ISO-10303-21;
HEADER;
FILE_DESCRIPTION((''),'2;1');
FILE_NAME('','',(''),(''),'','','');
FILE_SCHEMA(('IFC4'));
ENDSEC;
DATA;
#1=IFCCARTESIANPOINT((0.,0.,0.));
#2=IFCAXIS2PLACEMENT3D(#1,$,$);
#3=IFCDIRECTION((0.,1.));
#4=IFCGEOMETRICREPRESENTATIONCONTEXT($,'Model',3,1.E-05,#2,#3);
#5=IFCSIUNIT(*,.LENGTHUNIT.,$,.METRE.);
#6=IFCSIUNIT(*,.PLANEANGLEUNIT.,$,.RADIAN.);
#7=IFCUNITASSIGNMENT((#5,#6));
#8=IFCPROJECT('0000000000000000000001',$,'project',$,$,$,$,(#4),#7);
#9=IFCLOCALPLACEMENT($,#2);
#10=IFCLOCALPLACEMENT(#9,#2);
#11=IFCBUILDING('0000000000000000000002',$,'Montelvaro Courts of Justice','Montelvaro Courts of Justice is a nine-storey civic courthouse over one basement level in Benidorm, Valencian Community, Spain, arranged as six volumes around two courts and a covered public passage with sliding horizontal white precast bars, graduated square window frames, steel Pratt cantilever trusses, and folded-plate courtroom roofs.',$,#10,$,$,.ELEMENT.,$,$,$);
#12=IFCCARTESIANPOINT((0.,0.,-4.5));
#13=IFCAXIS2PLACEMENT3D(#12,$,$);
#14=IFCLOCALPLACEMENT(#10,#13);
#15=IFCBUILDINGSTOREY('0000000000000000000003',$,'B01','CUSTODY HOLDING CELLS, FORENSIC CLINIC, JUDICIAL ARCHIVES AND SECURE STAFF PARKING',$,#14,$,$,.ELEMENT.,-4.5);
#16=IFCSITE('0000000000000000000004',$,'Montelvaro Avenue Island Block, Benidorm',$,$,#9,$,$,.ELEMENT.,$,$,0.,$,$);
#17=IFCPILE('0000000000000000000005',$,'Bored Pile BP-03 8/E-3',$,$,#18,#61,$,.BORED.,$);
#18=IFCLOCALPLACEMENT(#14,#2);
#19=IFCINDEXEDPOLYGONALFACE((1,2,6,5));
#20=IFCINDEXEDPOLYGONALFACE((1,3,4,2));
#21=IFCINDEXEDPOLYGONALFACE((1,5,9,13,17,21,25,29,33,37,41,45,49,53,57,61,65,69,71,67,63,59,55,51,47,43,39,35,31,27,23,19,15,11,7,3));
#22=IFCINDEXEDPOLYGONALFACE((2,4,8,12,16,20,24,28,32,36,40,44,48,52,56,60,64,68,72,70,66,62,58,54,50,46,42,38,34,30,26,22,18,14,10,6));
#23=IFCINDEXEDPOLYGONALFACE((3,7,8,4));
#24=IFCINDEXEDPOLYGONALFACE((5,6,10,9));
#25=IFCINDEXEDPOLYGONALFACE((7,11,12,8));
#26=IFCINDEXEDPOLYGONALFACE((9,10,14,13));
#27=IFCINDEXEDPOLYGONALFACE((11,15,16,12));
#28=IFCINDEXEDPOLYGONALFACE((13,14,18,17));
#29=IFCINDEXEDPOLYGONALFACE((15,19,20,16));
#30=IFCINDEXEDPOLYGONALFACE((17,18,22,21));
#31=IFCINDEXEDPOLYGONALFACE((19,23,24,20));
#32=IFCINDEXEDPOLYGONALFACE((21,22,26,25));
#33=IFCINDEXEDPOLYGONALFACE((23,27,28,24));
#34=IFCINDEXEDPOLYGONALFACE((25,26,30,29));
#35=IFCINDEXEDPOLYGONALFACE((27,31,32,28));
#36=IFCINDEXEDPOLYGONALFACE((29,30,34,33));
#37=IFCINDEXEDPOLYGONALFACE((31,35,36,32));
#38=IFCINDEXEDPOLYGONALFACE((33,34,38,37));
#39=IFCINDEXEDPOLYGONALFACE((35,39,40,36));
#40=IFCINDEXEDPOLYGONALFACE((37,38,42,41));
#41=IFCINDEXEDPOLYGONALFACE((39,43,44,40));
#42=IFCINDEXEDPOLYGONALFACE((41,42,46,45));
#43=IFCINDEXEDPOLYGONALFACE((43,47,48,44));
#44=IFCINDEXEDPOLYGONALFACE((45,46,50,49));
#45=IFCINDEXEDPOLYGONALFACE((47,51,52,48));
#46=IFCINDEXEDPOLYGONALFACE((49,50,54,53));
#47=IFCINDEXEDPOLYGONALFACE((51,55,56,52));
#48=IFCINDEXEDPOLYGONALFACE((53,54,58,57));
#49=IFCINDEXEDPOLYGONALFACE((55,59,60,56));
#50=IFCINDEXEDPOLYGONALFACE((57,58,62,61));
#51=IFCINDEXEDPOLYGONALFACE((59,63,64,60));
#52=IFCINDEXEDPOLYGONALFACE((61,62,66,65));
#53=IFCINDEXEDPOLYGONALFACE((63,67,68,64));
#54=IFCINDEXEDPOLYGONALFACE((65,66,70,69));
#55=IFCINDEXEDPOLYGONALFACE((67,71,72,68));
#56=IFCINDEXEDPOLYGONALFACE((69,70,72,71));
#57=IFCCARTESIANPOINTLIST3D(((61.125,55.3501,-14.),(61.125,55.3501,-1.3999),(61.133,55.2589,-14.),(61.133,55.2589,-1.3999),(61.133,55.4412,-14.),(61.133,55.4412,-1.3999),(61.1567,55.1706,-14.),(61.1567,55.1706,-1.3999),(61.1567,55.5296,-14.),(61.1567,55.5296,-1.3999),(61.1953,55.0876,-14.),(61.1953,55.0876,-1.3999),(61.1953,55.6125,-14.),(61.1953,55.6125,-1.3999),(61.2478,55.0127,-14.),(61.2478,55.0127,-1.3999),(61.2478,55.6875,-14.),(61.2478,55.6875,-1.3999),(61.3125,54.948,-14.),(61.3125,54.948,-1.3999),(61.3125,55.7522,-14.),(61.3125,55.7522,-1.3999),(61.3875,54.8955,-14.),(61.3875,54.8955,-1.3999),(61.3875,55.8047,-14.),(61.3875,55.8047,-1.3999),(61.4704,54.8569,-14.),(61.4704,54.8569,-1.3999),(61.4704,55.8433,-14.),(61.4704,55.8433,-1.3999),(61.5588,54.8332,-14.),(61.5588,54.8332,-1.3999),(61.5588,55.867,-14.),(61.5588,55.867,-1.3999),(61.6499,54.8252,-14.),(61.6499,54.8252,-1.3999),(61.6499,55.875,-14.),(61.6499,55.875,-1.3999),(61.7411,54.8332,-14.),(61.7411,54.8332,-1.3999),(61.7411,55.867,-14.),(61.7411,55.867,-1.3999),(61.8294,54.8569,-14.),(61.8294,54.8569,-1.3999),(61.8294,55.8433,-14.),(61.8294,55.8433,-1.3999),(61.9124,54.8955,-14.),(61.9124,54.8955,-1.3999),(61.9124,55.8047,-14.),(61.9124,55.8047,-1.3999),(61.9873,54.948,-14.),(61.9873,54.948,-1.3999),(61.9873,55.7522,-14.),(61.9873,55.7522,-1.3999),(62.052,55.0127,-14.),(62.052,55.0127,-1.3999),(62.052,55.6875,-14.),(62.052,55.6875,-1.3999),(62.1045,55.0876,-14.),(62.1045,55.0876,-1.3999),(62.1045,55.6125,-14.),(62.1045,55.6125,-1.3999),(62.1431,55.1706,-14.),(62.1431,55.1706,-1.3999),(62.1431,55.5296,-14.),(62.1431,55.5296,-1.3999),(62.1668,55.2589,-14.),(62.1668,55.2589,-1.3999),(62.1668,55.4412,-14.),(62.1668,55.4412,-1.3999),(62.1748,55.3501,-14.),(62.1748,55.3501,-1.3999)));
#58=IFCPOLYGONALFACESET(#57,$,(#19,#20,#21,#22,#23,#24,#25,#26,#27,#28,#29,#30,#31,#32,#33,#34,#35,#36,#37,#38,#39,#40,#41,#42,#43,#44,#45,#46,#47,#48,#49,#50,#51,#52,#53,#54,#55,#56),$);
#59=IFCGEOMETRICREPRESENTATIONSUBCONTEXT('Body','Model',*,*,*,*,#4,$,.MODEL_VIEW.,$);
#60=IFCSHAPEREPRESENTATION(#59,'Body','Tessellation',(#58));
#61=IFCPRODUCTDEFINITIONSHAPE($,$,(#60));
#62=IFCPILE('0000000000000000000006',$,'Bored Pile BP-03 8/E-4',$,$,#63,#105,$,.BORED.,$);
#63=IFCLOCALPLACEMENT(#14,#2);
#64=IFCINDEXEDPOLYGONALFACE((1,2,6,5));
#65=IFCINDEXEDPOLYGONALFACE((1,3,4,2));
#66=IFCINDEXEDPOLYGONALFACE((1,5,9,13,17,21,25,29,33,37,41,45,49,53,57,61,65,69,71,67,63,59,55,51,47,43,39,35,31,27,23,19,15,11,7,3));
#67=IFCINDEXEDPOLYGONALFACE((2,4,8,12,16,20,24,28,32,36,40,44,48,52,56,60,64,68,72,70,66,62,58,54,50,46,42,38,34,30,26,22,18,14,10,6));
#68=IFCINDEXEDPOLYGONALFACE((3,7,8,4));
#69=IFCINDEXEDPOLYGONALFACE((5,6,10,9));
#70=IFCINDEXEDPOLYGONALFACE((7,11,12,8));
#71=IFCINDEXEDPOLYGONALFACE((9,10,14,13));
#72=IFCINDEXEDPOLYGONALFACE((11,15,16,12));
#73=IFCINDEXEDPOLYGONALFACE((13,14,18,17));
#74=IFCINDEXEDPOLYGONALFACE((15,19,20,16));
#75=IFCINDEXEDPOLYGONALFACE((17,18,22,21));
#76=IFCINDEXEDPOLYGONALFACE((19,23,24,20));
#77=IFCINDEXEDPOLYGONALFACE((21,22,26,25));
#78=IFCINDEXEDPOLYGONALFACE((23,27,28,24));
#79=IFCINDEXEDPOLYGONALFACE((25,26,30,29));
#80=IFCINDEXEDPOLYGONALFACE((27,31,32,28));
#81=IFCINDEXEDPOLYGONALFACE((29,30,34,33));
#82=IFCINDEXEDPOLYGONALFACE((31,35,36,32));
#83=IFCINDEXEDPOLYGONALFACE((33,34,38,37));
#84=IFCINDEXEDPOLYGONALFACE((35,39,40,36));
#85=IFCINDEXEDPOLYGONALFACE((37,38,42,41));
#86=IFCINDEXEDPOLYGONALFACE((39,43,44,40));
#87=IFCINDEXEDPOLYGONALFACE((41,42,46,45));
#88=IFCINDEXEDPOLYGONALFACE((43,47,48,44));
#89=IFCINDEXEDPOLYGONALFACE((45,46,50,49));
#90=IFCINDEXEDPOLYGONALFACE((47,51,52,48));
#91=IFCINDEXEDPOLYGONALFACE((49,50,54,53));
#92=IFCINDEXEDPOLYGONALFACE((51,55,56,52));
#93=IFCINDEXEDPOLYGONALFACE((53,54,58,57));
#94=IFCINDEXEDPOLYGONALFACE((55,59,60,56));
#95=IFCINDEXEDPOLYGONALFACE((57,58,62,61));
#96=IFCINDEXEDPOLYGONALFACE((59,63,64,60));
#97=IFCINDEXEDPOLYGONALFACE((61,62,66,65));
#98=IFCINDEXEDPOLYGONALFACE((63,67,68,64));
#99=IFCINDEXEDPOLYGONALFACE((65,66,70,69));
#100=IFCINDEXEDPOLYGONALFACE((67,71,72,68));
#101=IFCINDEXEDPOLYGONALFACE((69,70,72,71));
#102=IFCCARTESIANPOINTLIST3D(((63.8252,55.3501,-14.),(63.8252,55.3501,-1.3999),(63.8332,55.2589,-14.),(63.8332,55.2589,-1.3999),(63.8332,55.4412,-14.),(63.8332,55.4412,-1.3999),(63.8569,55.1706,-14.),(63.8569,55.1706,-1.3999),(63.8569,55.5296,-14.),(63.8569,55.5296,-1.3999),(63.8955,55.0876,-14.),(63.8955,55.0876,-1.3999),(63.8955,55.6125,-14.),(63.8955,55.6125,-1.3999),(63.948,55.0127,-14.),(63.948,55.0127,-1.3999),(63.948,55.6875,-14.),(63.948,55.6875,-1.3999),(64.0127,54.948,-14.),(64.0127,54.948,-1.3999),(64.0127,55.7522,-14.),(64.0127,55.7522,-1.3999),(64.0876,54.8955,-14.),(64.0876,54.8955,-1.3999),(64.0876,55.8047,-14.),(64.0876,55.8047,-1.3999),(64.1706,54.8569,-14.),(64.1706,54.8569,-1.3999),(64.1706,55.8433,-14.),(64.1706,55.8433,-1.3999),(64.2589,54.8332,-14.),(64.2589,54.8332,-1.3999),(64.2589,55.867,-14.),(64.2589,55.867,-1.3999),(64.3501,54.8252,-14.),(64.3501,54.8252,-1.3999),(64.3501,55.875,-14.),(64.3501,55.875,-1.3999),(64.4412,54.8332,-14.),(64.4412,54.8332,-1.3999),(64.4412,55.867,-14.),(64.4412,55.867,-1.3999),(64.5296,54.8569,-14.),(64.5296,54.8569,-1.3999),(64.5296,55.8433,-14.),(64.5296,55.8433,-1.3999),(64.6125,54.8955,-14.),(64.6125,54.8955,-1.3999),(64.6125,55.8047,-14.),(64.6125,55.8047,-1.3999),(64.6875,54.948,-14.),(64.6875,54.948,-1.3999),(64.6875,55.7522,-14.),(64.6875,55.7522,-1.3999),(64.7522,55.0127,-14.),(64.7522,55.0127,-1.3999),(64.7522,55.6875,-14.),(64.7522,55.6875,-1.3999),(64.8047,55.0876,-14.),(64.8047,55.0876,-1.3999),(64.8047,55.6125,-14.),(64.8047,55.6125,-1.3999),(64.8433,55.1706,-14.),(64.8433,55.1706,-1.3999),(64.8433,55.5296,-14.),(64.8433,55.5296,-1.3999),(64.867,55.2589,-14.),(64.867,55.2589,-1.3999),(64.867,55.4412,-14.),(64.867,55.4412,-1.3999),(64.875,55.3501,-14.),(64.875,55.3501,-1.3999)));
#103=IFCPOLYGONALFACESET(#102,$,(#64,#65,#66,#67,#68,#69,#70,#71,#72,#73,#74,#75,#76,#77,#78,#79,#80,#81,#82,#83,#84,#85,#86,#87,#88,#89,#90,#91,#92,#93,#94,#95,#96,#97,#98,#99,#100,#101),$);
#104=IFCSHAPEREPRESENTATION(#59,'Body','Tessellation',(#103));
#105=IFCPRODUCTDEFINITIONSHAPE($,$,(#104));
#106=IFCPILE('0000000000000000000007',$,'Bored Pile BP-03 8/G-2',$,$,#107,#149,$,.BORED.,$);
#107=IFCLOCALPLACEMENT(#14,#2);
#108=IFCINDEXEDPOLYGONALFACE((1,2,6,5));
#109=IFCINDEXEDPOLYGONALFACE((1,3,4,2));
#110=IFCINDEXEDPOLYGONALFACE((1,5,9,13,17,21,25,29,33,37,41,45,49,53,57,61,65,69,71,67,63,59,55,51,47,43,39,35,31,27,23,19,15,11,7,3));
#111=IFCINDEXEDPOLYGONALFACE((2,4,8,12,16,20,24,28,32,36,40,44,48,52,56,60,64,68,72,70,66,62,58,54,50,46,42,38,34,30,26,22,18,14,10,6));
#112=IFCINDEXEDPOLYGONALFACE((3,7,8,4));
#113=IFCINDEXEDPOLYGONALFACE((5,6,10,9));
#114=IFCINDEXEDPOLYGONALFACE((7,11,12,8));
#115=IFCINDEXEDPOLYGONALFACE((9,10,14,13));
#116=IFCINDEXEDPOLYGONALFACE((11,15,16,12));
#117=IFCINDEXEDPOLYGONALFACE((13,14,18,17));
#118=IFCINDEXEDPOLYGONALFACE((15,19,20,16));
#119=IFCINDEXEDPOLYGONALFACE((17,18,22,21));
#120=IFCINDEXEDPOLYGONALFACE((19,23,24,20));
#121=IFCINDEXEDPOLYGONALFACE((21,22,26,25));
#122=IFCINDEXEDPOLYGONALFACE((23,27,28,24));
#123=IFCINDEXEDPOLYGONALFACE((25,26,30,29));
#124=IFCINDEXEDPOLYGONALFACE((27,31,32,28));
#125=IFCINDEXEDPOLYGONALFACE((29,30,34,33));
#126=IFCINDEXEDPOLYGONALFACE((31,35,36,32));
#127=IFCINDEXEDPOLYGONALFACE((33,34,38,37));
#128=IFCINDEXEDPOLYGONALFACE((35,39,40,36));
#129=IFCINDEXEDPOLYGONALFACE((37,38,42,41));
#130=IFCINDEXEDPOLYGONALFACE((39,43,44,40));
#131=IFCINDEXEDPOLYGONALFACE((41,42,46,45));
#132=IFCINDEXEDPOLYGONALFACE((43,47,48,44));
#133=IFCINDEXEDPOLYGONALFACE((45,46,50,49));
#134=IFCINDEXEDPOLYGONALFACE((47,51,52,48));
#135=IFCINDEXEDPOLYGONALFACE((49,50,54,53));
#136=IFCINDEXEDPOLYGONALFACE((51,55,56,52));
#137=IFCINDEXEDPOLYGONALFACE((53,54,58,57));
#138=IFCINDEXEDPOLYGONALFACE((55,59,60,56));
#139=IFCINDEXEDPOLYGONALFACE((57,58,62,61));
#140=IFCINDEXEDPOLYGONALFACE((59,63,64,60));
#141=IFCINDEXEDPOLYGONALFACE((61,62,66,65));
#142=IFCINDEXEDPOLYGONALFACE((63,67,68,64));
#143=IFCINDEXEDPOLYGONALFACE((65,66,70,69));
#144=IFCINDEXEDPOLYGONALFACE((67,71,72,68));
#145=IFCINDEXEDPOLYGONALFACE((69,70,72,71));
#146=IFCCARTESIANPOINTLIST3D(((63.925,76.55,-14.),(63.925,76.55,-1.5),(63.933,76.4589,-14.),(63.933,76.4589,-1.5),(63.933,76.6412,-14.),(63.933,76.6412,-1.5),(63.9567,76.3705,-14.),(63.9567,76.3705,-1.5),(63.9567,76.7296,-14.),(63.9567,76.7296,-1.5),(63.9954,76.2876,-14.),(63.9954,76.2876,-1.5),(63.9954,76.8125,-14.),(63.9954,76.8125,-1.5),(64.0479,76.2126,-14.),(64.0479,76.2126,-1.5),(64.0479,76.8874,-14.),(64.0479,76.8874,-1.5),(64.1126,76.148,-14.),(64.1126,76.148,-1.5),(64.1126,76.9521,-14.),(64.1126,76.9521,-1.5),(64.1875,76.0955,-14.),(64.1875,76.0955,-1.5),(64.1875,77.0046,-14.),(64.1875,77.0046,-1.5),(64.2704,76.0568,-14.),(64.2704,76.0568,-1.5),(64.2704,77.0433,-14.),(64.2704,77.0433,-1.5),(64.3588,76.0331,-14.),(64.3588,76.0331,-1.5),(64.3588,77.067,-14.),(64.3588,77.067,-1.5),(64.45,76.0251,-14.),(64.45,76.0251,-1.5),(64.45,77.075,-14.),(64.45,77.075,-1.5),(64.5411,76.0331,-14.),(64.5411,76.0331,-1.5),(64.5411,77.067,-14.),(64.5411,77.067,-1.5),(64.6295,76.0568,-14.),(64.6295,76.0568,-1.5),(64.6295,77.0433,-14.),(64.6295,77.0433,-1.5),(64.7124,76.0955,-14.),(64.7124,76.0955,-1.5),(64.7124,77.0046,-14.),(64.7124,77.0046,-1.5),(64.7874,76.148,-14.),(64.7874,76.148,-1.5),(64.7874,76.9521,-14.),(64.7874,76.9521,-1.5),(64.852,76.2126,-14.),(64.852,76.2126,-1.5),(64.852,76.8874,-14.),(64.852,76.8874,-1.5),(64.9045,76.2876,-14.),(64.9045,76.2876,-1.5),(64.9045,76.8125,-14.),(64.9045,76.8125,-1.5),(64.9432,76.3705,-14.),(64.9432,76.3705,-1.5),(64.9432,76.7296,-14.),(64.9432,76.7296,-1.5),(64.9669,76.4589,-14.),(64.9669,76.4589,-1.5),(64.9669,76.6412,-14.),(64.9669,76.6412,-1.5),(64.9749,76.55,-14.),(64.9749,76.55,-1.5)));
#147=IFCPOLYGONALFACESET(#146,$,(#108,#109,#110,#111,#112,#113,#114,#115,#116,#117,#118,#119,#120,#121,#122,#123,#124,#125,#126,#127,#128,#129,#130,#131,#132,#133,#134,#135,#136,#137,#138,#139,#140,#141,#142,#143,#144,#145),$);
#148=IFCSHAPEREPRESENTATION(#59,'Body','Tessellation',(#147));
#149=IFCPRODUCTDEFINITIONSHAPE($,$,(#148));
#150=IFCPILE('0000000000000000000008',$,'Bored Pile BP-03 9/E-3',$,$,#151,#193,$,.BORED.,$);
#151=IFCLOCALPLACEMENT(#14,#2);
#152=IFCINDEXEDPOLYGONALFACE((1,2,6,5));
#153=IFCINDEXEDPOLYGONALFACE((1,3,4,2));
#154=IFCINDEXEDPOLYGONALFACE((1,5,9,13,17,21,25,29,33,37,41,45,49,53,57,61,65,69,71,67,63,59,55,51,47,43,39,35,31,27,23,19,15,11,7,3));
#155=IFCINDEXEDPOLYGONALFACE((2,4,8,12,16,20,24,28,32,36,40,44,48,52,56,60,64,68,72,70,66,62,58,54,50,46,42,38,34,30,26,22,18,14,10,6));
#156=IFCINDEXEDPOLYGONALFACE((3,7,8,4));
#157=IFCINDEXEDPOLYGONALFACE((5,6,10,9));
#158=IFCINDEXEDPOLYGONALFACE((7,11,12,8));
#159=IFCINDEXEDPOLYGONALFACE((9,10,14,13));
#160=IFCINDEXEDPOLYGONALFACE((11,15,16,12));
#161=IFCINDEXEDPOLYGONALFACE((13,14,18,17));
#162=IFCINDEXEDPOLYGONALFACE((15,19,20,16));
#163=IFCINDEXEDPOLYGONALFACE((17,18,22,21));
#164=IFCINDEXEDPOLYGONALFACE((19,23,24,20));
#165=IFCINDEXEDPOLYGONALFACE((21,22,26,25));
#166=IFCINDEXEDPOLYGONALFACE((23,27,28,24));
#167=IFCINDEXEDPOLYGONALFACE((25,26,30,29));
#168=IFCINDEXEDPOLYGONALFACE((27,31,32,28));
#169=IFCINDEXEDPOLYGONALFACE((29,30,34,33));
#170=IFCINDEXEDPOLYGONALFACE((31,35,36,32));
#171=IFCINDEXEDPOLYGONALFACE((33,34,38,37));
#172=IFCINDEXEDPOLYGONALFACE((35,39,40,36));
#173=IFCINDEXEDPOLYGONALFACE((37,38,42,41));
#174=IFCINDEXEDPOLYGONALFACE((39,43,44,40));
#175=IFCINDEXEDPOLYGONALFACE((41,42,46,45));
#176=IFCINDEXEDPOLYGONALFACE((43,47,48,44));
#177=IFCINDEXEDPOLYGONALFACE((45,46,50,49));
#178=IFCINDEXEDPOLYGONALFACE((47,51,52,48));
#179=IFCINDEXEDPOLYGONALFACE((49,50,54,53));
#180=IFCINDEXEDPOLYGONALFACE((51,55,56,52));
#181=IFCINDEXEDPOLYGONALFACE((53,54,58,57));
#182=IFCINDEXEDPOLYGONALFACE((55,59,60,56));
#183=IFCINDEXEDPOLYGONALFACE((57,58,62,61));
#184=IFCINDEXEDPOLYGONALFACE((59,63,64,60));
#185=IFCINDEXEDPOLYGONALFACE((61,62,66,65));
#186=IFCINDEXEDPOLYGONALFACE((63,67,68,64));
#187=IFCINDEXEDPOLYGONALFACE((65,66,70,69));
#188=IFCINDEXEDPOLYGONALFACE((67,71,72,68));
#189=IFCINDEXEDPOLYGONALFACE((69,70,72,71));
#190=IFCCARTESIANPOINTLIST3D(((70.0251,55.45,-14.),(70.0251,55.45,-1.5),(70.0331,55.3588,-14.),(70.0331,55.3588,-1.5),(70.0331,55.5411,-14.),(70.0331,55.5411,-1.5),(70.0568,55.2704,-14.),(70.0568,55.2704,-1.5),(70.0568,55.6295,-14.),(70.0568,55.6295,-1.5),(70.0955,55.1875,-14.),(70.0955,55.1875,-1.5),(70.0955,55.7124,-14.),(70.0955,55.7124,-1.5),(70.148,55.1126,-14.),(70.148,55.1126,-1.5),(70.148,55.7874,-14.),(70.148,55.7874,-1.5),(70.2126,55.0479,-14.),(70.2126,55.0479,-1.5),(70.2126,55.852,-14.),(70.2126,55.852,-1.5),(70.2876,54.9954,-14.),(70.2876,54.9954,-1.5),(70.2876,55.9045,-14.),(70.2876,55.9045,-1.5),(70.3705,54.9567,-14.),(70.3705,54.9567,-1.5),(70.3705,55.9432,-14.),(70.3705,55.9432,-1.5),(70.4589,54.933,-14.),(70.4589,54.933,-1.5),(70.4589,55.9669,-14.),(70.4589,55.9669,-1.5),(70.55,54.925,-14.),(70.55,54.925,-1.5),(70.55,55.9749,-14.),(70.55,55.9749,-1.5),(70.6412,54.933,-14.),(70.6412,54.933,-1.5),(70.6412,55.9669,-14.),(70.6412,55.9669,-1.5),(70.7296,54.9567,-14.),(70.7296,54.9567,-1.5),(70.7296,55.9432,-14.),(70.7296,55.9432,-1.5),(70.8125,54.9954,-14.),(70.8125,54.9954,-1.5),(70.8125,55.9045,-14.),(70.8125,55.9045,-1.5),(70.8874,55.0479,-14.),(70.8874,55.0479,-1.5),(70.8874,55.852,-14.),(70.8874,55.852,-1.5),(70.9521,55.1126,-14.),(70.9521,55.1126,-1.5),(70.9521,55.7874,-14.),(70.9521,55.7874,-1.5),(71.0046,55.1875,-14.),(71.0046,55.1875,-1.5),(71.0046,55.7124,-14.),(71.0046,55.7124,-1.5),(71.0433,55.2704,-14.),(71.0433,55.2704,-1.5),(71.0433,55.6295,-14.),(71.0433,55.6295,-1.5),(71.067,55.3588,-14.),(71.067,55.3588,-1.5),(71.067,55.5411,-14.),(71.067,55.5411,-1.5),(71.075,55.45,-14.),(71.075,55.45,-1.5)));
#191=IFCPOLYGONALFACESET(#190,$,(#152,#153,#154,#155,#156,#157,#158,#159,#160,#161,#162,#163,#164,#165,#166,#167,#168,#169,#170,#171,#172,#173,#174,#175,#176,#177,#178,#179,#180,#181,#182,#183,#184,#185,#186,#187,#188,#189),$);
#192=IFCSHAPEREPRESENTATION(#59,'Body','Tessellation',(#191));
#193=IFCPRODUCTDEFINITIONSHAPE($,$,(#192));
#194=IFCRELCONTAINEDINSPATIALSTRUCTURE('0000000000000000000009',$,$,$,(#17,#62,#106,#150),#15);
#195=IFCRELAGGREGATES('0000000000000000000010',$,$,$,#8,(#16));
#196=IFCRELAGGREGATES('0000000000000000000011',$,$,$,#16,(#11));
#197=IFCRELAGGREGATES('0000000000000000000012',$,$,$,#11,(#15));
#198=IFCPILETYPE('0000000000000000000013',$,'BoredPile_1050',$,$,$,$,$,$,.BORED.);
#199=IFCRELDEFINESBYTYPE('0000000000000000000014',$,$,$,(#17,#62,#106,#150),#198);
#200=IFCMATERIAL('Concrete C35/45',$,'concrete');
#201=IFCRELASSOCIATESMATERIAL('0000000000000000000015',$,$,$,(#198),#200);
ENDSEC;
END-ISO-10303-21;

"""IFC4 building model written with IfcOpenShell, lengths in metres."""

from ifc_helpers import new_model, si_unit, direction, frame, origin, origin_2d, place, context, subcontext, project, spatial, circle, extrude, material, material_profile, profile_set, type_object, element, save


model = new_model("IFC4")

# Units and contexts
model_context = context("Model", 3, precision=1e-05, world=origin(), true_north=direction((0.0, 1.0)))
body_context = subcontext(model_context, "Body", "Model", "MODEL_VIEW")
ifc_project = project(units=[si_unit("LENGTHUNIT", "METRE"), si_unit("PLANEANGLEUNIT", "RADIAN")], contexts=[model_context])

# Site, building, storey
site_placement = place(None, origin())
site = spatial("IfcSite", under=ifc_project, at=site_placement, Name="Montelvaro Avenue Island Block, Benidorm", CompositionType="ELEMENT", RefElevation=0.0)
building_placement = place(site_placement, origin())
building = spatial("IfcBuilding", under=site, at=building_placement, Name="Montelvaro Courts of Justice", Description="Montelvaro Courts of Justice is a nine-storey civic courthouse over one basement level in Benidorm, Valencian Community, Spain, arranged as six volumes around two courts and a covered public passage with sliding horizontal white precast bars, graduated square window frames, steel Pratt cantilever trusses, and folded-plate courtroom roofs.", CompositionType="ELEMENT")
storey_placement = place(building_placement, frame((0.0, 0.0, -4.5)))
storey = spatial("IfcBuildingStorey", under=building, at=storey_placement, Name="B01", Description="CUSTODY HOLDING CELLS, FORENSIC CLINIC, JUDICIAL ARCHIVES AND SECURE STAFF PARKING", CompositionType="ELEMENT", Elevation=-4.5)

# Piles
ifc_material_1 = material(Name="Concrete C35/45", Category="concrete")
ifc_material_profile_1 = material_profile(ifc_material_1, circle(Radius=0.5249, at=origin_2d()), Name="BORED PILE D1050")
ifc_profile_set_1 = profile_set([ifc_material_profile_1], Name="Concrete C35/45")
pile_type_1 = type_object("IfcPileType", Name="BoredPile_1050", PredefinedType="BORED", material=ifc_profile_set_1)
for number, where, z_axis, x_axis, name in (
    (1, (61.6499, 55.3501, -1.3999), (0.0, 0.0, -1.0), (1.0, 0.0, 0.0), "Bored Pile BP-03 8/E-3"),
    (2, (64.3501, 55.3501, -1.3999), (0.0, 0.0, -1.0), (1.0, 0.0, 0.0), "Bored Pile BP-03 8/E-4"),
):
    element("IfcPile", number, at=place(storey_placement, frame(where, z_axis=z_axis, x_axis=x_axis)), inside=storey, type_object=pile_type_1, Name=name, PredefinedType="BORED", context=body_context, shape_type="SweptSolid", body=[
        extrude(circle(Radius=0.5249, at=origin_2d()), origin(), (0.0, 0.0, 1.0), 12.6001),
    ])
for number, where, z_axis, x_axis, name in (
    (3, (64.45, 76.55, -1.5), (0.0, 0.0, -1.0), (1.0, 0.0, 0.0), "Bored Pile BP-03 8/G-2"),
    (4, (70.55, 55.45, -1.5), (0.0, 0.0, -1.0), (1.0, 0.0, 0.0), "Bored Pile BP-03 9/E-3"),
):
    element("IfcPile", number, at=place(storey_placement, frame(where, z_axis=z_axis, x_axis=x_axis)), inside=storey, type_object=pile_type_1, Name=name, PredefinedType="BORED", context=body_context, shape_type="SweptSolid", body=[
        extrude(circle(Radius=0.5249, at=origin_2d()), origin(), (0.0, 0.0, 1.0), 12.5),
    ])

save(model, "model.ifc")
